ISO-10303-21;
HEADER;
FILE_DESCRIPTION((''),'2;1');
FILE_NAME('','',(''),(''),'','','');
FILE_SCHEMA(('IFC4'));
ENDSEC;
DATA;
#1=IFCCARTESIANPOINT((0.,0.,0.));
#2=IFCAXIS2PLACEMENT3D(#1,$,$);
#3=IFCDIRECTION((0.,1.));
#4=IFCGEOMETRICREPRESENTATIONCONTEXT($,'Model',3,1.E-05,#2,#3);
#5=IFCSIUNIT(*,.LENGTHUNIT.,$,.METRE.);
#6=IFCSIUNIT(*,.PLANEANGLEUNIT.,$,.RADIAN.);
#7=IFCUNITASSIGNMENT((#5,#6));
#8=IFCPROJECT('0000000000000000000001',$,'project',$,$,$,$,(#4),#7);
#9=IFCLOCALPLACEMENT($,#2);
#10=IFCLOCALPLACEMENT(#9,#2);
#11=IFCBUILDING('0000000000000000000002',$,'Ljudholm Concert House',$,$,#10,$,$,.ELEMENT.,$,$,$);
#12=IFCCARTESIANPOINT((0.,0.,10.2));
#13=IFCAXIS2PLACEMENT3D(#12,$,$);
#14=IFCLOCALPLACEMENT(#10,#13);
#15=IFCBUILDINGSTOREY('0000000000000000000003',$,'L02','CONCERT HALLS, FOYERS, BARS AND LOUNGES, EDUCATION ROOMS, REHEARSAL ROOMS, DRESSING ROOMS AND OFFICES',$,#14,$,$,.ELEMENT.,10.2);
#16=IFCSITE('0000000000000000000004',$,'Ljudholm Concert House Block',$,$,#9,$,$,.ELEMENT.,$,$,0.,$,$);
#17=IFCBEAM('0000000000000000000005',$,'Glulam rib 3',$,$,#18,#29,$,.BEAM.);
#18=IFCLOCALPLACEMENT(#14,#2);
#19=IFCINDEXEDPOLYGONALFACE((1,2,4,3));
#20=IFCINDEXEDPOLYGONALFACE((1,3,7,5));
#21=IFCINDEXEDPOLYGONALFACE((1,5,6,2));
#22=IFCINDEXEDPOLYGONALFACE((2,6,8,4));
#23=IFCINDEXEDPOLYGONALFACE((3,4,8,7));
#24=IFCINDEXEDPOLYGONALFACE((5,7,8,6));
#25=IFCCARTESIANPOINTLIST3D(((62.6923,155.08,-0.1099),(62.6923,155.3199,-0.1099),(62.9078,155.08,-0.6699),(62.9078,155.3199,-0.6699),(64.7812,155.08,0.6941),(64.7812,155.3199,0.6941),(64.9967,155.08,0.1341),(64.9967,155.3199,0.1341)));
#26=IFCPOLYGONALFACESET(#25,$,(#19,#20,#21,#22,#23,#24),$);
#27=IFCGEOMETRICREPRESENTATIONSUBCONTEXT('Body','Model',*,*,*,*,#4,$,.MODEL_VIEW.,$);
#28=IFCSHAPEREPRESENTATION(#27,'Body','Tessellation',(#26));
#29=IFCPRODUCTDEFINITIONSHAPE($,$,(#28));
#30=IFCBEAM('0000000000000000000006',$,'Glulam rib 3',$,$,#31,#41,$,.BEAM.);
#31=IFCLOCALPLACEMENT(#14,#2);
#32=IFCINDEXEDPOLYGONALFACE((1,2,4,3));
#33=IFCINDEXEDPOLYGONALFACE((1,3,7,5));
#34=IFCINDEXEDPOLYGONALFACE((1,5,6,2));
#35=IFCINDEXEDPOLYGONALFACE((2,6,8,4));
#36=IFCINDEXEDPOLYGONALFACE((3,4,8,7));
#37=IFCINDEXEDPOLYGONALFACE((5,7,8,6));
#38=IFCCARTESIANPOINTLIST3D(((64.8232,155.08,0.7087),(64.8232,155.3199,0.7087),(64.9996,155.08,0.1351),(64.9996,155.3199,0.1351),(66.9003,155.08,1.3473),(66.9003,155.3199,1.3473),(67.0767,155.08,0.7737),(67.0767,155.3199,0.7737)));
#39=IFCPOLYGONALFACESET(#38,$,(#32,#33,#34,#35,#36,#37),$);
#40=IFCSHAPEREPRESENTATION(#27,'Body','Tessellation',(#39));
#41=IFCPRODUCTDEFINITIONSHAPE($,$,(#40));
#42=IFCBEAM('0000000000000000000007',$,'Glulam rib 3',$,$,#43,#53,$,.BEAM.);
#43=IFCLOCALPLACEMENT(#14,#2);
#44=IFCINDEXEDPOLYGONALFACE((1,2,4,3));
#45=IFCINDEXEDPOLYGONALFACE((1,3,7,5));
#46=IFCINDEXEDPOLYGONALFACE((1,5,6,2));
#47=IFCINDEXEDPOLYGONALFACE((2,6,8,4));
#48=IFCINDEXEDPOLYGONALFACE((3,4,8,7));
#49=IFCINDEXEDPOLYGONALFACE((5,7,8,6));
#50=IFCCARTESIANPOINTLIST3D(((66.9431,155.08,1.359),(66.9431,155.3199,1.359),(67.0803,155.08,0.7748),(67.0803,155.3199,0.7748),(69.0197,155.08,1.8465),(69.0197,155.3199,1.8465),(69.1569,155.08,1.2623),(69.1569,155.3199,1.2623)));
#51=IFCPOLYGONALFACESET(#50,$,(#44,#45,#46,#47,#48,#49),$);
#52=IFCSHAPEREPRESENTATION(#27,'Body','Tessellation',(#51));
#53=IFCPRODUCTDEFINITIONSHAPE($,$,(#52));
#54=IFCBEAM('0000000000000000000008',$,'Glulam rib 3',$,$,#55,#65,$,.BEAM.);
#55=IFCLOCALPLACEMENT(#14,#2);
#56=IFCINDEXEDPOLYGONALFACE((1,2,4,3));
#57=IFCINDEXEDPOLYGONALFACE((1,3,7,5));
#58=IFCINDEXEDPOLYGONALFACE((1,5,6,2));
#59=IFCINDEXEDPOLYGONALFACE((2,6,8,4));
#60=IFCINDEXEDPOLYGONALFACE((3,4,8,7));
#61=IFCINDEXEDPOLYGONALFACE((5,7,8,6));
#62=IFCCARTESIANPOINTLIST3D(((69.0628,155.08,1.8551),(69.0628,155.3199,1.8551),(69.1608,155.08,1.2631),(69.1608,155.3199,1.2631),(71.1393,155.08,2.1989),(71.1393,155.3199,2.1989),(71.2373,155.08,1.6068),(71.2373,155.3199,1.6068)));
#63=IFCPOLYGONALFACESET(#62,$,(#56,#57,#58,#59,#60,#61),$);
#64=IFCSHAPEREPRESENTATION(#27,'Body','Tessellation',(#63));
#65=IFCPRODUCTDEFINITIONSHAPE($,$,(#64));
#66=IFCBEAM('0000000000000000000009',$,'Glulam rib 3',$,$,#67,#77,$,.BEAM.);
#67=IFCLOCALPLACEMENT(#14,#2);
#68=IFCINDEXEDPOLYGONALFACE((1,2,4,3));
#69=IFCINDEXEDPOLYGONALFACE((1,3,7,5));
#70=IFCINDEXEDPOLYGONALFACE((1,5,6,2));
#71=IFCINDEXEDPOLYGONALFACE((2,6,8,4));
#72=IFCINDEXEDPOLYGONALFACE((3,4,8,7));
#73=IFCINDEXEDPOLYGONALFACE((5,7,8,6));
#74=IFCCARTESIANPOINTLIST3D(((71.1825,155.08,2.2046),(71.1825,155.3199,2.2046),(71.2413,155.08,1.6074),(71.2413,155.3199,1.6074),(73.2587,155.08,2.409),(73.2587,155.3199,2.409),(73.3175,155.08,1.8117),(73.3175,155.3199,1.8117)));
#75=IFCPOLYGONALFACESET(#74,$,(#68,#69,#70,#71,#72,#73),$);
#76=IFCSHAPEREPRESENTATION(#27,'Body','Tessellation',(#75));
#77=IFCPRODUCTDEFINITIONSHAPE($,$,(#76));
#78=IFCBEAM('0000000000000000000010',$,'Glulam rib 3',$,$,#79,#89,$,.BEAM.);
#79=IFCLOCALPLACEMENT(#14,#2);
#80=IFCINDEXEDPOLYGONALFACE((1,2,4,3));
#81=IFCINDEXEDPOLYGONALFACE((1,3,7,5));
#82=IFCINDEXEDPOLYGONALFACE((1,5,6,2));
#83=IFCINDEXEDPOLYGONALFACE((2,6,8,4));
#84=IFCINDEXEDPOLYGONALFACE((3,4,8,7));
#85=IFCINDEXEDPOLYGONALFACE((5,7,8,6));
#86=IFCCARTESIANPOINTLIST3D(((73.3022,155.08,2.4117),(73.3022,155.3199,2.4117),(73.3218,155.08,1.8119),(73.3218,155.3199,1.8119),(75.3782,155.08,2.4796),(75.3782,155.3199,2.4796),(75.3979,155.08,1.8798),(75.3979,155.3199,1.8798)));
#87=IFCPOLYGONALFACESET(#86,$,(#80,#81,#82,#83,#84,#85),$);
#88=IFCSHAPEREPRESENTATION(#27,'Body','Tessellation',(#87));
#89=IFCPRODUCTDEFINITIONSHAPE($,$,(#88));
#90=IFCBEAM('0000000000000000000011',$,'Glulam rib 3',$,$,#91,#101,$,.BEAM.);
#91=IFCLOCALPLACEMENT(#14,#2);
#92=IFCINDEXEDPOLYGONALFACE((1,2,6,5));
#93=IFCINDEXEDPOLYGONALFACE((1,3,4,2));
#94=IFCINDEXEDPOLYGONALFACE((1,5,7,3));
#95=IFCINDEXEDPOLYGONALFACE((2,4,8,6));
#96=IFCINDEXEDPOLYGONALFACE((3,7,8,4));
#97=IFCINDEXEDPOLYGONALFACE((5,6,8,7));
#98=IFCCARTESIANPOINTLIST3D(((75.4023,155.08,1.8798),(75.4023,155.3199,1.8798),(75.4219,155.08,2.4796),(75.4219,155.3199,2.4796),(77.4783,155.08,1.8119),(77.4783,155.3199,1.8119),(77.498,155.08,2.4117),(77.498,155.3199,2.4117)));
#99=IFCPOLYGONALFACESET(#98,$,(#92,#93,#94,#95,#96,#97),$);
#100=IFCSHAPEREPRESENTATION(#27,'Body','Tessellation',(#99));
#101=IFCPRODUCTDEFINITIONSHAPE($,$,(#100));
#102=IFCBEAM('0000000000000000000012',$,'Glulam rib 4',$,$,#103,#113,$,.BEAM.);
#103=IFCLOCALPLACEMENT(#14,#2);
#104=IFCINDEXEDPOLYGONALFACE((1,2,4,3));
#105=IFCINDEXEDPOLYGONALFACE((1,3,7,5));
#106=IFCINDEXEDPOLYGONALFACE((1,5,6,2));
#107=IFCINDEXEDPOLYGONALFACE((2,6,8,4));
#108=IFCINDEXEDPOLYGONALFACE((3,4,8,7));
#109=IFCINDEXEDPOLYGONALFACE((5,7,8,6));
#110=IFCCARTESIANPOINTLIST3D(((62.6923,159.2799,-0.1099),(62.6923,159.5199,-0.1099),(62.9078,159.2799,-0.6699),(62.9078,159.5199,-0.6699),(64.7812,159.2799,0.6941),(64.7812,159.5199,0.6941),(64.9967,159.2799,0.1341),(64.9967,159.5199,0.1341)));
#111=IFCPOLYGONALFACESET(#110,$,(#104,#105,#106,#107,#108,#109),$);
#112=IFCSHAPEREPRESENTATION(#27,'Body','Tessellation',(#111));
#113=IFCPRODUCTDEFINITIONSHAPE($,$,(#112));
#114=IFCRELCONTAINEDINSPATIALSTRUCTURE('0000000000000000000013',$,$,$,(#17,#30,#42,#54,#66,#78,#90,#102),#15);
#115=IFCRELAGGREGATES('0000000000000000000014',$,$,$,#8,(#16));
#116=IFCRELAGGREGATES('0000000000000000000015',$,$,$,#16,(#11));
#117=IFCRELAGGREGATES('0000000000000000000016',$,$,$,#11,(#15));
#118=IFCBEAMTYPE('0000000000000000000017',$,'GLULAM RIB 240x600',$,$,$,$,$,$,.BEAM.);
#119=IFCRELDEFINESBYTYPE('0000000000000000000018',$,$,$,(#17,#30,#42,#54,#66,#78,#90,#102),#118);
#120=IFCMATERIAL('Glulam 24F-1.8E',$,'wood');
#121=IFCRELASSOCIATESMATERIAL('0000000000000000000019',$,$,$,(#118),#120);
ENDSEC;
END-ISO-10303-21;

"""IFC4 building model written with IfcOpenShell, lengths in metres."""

from ifc_helpers import new_model, si_unit, direction, frame, origin, origin_2d, place, context, subcontext, project, spatial, rectangle, extrude, material, material_profile, profile_set, type_object, element, save


model = new_model("IFC4")

# Units and contexts
model_context = context("Model", 3, precision=1e-05, world=origin(), true_north=direction((0.0, 1.0)))
body_context = subcontext(model_context, "Body", "Model", "MODEL_VIEW")
ifc_project = project(units=[si_unit("LENGTHUNIT", "METRE"), si_unit("PLANEANGLEUNIT", "RADIAN")], contexts=[model_context])

# Site, building, storey
site_placement = place(None, origin())
site = spatial("IfcSite", under=ifc_project, at=site_placement, Name="Ljudholm Concert House Block", CompositionType="ELEMENT", RefElevation=0.0)
building_placement = place(site_placement, origin())
building = spatial("IfcBuilding", under=site, at=building_placement, Name="Ljudholm Concert House", CompositionType="ELEMENT")
storey_placement = place(building_placement, frame((0.0, 0.0, 10.2)))
storey = spatial("IfcBuildingStorey", under=building, at=storey_placement, Name="L02", Description="CONCERT HALLS, FOYERS, BARS AND LOUNGES, EDUCATION ROOMS, REHEARSAL ROOMS, DRESSING ROOMS AND OFFICES", CompositionType="ELEMENT", Elevation=10.2)

# Beams
ifc_material_1 = material(Name="Glulam 24F-1.8E", Category="wood")
ifc_material_profile_1 = material_profile(ifc_material_1, rectangle(XDim=0.24, YDim=0.6001, at=origin_2d()), Name="GLULAM RIB 240x600")
ifc_profile_set_1 = profile_set([ifc_material_profile_1], Name="Glulam 24F-1.8E")
beam_type = type_object("IfcBeamType", Name="GLULAM RIB 240x600", PredefinedType="BEAM", material=ifc_profile_set_1)
beam_1_placement = place(storey_placement, frame((62.8, 155.2, -0.3899), z_axis=(0.933264, 0.0, 0.359191), x_axis=(0.0, 1.0, 0.0)))
element("IfcBeam", 1, at=beam_1_placement, inside=storey, type_object=beam_type, Name="Glulam rib 3", PredefinedType="BEAM", context=body_context, shape_type="SweptSolid", body=[
    extrude(rectangle(XDim=0.24, YDim=0.6001, at=origin_2d()), origin(), (0.0, 0.0, 1.0), 2.2383),
])
beam_2_placement = place(storey_placement, frame((64.9114, 155.2, 0.4219), z_axis=(0.955837, 0.0, 0.293896), x_axis=(0.0, 1.0, 0.0)))
element("IfcBeam", 2, at=beam_2_placement, inside=storey, type_object=beam_type, Name="Glulam rib 3", PredefinedType="BEAM", context=body_context, shape_type="SweptSolid", body=[
    extrude(rectangle(XDim=0.24, YDim=0.6001, at=origin_2d()), origin(), (0.0, 0.0, 1.0), 2.1731),
])
beam_3_placement = place(storey_placement, frame((67.0117, 155.2, 1.0669), z_axis=(0.97353, 0.0, 0.228561), x_axis=(0.0, 1.0, 0.0)))
element("IfcBeam", 3, at=beam_3_placement, inside=storey, type_object=beam_type, Name="Glulam rib 3", PredefinedType="BEAM", context=body_context, shape_type="SweptSolid", body=[
    extrude(rectangle(XDim=0.24, YDim=0.6001, at=origin_2d()), origin(), (0.0, 0.0, 1.0), 2.1331),
])
beam_4_placement = place(storey_placement, frame((69.1118, 155.2, 1.5591), z_axis=(0.986572, 0.0, 0.163327), x_axis=(0.0, 1.0, 0.0)))
element("IfcBeam", 4, at=beam_4_placement, inside=storey, type_object=beam_type, Name="Glulam rib 3", PredefinedType="BEAM", context=body_context, shape_type="SweptSolid", body=[
    extrude(rectangle(XDim=0.24, YDim=0.6001, at=origin_2d()), origin(), (0.0, 0.0, 1.0), 2.1047),
])
beam_5_placement = place(storey_placement, frame((71.2119, 155.2, 1.906), z_axis=(0.995191, 0.0, 0.097951), x_axis=(0.0, 1.0, 0.0)))
element("IfcBeam", 5, at=beam_5_placement, inside=storey, type_object=beam_type, Name="Glulam rib 3", PredefinedType="BEAM", context=body_context, shape_type="SweptSolid", body=[
    extrude(rectangle(XDim=0.24, YDim=0.6001, at=origin_2d()), origin(), (0.0, 0.0, 1.0), 2.0862),
])
for number, where, z_axis, x_axis, name in (
    (6, (73.312, 155.2, 2.1118), (0.999466, 0.0, 0.032677), (0.0, 1.0, 0.0), "Glulam rib 3"),
    (7, (75.4121, 155.2, 2.1797), (0.999466, 0.0, -0.032677), (0.0, 1.0, 0.0), "Glulam rib 3"),
):
    element("IfcBeam", number, at=place(storey_placement, frame(where, z_axis=z_axis, x_axis=x_axis)), inside=storey, type_object=beam_type, Name=name, PredefinedType="BEAM", context=body_context, shape_type="SweptSolid", body=[
        extrude(rectangle(XDim=0.24, YDim=0.6001, at=origin_2d()), origin(), (0.0, 0.0, 1.0), 2.0771),
    ])
beam_6_placement = place(storey_placement, frame((62.8, 159.3999, -0.3899), z_axis=(0.933264, 0.0, 0.359191), x_axis=(0.0, 1.0, 0.0)))
element("IfcBeam", 8, at=beam_6_placement, inside=storey, type_object=beam_type, Name="Glulam rib 4", PredefinedType="BEAM", context=body_context, shape_type="SweptSolid", body=[
    extrude(rectangle(XDim=0.24, YDim=0.6001, at=origin_2d()), origin(), (0.0, 0.0, 1.0), 2.2383),
])

save(model, "model.ifc")
